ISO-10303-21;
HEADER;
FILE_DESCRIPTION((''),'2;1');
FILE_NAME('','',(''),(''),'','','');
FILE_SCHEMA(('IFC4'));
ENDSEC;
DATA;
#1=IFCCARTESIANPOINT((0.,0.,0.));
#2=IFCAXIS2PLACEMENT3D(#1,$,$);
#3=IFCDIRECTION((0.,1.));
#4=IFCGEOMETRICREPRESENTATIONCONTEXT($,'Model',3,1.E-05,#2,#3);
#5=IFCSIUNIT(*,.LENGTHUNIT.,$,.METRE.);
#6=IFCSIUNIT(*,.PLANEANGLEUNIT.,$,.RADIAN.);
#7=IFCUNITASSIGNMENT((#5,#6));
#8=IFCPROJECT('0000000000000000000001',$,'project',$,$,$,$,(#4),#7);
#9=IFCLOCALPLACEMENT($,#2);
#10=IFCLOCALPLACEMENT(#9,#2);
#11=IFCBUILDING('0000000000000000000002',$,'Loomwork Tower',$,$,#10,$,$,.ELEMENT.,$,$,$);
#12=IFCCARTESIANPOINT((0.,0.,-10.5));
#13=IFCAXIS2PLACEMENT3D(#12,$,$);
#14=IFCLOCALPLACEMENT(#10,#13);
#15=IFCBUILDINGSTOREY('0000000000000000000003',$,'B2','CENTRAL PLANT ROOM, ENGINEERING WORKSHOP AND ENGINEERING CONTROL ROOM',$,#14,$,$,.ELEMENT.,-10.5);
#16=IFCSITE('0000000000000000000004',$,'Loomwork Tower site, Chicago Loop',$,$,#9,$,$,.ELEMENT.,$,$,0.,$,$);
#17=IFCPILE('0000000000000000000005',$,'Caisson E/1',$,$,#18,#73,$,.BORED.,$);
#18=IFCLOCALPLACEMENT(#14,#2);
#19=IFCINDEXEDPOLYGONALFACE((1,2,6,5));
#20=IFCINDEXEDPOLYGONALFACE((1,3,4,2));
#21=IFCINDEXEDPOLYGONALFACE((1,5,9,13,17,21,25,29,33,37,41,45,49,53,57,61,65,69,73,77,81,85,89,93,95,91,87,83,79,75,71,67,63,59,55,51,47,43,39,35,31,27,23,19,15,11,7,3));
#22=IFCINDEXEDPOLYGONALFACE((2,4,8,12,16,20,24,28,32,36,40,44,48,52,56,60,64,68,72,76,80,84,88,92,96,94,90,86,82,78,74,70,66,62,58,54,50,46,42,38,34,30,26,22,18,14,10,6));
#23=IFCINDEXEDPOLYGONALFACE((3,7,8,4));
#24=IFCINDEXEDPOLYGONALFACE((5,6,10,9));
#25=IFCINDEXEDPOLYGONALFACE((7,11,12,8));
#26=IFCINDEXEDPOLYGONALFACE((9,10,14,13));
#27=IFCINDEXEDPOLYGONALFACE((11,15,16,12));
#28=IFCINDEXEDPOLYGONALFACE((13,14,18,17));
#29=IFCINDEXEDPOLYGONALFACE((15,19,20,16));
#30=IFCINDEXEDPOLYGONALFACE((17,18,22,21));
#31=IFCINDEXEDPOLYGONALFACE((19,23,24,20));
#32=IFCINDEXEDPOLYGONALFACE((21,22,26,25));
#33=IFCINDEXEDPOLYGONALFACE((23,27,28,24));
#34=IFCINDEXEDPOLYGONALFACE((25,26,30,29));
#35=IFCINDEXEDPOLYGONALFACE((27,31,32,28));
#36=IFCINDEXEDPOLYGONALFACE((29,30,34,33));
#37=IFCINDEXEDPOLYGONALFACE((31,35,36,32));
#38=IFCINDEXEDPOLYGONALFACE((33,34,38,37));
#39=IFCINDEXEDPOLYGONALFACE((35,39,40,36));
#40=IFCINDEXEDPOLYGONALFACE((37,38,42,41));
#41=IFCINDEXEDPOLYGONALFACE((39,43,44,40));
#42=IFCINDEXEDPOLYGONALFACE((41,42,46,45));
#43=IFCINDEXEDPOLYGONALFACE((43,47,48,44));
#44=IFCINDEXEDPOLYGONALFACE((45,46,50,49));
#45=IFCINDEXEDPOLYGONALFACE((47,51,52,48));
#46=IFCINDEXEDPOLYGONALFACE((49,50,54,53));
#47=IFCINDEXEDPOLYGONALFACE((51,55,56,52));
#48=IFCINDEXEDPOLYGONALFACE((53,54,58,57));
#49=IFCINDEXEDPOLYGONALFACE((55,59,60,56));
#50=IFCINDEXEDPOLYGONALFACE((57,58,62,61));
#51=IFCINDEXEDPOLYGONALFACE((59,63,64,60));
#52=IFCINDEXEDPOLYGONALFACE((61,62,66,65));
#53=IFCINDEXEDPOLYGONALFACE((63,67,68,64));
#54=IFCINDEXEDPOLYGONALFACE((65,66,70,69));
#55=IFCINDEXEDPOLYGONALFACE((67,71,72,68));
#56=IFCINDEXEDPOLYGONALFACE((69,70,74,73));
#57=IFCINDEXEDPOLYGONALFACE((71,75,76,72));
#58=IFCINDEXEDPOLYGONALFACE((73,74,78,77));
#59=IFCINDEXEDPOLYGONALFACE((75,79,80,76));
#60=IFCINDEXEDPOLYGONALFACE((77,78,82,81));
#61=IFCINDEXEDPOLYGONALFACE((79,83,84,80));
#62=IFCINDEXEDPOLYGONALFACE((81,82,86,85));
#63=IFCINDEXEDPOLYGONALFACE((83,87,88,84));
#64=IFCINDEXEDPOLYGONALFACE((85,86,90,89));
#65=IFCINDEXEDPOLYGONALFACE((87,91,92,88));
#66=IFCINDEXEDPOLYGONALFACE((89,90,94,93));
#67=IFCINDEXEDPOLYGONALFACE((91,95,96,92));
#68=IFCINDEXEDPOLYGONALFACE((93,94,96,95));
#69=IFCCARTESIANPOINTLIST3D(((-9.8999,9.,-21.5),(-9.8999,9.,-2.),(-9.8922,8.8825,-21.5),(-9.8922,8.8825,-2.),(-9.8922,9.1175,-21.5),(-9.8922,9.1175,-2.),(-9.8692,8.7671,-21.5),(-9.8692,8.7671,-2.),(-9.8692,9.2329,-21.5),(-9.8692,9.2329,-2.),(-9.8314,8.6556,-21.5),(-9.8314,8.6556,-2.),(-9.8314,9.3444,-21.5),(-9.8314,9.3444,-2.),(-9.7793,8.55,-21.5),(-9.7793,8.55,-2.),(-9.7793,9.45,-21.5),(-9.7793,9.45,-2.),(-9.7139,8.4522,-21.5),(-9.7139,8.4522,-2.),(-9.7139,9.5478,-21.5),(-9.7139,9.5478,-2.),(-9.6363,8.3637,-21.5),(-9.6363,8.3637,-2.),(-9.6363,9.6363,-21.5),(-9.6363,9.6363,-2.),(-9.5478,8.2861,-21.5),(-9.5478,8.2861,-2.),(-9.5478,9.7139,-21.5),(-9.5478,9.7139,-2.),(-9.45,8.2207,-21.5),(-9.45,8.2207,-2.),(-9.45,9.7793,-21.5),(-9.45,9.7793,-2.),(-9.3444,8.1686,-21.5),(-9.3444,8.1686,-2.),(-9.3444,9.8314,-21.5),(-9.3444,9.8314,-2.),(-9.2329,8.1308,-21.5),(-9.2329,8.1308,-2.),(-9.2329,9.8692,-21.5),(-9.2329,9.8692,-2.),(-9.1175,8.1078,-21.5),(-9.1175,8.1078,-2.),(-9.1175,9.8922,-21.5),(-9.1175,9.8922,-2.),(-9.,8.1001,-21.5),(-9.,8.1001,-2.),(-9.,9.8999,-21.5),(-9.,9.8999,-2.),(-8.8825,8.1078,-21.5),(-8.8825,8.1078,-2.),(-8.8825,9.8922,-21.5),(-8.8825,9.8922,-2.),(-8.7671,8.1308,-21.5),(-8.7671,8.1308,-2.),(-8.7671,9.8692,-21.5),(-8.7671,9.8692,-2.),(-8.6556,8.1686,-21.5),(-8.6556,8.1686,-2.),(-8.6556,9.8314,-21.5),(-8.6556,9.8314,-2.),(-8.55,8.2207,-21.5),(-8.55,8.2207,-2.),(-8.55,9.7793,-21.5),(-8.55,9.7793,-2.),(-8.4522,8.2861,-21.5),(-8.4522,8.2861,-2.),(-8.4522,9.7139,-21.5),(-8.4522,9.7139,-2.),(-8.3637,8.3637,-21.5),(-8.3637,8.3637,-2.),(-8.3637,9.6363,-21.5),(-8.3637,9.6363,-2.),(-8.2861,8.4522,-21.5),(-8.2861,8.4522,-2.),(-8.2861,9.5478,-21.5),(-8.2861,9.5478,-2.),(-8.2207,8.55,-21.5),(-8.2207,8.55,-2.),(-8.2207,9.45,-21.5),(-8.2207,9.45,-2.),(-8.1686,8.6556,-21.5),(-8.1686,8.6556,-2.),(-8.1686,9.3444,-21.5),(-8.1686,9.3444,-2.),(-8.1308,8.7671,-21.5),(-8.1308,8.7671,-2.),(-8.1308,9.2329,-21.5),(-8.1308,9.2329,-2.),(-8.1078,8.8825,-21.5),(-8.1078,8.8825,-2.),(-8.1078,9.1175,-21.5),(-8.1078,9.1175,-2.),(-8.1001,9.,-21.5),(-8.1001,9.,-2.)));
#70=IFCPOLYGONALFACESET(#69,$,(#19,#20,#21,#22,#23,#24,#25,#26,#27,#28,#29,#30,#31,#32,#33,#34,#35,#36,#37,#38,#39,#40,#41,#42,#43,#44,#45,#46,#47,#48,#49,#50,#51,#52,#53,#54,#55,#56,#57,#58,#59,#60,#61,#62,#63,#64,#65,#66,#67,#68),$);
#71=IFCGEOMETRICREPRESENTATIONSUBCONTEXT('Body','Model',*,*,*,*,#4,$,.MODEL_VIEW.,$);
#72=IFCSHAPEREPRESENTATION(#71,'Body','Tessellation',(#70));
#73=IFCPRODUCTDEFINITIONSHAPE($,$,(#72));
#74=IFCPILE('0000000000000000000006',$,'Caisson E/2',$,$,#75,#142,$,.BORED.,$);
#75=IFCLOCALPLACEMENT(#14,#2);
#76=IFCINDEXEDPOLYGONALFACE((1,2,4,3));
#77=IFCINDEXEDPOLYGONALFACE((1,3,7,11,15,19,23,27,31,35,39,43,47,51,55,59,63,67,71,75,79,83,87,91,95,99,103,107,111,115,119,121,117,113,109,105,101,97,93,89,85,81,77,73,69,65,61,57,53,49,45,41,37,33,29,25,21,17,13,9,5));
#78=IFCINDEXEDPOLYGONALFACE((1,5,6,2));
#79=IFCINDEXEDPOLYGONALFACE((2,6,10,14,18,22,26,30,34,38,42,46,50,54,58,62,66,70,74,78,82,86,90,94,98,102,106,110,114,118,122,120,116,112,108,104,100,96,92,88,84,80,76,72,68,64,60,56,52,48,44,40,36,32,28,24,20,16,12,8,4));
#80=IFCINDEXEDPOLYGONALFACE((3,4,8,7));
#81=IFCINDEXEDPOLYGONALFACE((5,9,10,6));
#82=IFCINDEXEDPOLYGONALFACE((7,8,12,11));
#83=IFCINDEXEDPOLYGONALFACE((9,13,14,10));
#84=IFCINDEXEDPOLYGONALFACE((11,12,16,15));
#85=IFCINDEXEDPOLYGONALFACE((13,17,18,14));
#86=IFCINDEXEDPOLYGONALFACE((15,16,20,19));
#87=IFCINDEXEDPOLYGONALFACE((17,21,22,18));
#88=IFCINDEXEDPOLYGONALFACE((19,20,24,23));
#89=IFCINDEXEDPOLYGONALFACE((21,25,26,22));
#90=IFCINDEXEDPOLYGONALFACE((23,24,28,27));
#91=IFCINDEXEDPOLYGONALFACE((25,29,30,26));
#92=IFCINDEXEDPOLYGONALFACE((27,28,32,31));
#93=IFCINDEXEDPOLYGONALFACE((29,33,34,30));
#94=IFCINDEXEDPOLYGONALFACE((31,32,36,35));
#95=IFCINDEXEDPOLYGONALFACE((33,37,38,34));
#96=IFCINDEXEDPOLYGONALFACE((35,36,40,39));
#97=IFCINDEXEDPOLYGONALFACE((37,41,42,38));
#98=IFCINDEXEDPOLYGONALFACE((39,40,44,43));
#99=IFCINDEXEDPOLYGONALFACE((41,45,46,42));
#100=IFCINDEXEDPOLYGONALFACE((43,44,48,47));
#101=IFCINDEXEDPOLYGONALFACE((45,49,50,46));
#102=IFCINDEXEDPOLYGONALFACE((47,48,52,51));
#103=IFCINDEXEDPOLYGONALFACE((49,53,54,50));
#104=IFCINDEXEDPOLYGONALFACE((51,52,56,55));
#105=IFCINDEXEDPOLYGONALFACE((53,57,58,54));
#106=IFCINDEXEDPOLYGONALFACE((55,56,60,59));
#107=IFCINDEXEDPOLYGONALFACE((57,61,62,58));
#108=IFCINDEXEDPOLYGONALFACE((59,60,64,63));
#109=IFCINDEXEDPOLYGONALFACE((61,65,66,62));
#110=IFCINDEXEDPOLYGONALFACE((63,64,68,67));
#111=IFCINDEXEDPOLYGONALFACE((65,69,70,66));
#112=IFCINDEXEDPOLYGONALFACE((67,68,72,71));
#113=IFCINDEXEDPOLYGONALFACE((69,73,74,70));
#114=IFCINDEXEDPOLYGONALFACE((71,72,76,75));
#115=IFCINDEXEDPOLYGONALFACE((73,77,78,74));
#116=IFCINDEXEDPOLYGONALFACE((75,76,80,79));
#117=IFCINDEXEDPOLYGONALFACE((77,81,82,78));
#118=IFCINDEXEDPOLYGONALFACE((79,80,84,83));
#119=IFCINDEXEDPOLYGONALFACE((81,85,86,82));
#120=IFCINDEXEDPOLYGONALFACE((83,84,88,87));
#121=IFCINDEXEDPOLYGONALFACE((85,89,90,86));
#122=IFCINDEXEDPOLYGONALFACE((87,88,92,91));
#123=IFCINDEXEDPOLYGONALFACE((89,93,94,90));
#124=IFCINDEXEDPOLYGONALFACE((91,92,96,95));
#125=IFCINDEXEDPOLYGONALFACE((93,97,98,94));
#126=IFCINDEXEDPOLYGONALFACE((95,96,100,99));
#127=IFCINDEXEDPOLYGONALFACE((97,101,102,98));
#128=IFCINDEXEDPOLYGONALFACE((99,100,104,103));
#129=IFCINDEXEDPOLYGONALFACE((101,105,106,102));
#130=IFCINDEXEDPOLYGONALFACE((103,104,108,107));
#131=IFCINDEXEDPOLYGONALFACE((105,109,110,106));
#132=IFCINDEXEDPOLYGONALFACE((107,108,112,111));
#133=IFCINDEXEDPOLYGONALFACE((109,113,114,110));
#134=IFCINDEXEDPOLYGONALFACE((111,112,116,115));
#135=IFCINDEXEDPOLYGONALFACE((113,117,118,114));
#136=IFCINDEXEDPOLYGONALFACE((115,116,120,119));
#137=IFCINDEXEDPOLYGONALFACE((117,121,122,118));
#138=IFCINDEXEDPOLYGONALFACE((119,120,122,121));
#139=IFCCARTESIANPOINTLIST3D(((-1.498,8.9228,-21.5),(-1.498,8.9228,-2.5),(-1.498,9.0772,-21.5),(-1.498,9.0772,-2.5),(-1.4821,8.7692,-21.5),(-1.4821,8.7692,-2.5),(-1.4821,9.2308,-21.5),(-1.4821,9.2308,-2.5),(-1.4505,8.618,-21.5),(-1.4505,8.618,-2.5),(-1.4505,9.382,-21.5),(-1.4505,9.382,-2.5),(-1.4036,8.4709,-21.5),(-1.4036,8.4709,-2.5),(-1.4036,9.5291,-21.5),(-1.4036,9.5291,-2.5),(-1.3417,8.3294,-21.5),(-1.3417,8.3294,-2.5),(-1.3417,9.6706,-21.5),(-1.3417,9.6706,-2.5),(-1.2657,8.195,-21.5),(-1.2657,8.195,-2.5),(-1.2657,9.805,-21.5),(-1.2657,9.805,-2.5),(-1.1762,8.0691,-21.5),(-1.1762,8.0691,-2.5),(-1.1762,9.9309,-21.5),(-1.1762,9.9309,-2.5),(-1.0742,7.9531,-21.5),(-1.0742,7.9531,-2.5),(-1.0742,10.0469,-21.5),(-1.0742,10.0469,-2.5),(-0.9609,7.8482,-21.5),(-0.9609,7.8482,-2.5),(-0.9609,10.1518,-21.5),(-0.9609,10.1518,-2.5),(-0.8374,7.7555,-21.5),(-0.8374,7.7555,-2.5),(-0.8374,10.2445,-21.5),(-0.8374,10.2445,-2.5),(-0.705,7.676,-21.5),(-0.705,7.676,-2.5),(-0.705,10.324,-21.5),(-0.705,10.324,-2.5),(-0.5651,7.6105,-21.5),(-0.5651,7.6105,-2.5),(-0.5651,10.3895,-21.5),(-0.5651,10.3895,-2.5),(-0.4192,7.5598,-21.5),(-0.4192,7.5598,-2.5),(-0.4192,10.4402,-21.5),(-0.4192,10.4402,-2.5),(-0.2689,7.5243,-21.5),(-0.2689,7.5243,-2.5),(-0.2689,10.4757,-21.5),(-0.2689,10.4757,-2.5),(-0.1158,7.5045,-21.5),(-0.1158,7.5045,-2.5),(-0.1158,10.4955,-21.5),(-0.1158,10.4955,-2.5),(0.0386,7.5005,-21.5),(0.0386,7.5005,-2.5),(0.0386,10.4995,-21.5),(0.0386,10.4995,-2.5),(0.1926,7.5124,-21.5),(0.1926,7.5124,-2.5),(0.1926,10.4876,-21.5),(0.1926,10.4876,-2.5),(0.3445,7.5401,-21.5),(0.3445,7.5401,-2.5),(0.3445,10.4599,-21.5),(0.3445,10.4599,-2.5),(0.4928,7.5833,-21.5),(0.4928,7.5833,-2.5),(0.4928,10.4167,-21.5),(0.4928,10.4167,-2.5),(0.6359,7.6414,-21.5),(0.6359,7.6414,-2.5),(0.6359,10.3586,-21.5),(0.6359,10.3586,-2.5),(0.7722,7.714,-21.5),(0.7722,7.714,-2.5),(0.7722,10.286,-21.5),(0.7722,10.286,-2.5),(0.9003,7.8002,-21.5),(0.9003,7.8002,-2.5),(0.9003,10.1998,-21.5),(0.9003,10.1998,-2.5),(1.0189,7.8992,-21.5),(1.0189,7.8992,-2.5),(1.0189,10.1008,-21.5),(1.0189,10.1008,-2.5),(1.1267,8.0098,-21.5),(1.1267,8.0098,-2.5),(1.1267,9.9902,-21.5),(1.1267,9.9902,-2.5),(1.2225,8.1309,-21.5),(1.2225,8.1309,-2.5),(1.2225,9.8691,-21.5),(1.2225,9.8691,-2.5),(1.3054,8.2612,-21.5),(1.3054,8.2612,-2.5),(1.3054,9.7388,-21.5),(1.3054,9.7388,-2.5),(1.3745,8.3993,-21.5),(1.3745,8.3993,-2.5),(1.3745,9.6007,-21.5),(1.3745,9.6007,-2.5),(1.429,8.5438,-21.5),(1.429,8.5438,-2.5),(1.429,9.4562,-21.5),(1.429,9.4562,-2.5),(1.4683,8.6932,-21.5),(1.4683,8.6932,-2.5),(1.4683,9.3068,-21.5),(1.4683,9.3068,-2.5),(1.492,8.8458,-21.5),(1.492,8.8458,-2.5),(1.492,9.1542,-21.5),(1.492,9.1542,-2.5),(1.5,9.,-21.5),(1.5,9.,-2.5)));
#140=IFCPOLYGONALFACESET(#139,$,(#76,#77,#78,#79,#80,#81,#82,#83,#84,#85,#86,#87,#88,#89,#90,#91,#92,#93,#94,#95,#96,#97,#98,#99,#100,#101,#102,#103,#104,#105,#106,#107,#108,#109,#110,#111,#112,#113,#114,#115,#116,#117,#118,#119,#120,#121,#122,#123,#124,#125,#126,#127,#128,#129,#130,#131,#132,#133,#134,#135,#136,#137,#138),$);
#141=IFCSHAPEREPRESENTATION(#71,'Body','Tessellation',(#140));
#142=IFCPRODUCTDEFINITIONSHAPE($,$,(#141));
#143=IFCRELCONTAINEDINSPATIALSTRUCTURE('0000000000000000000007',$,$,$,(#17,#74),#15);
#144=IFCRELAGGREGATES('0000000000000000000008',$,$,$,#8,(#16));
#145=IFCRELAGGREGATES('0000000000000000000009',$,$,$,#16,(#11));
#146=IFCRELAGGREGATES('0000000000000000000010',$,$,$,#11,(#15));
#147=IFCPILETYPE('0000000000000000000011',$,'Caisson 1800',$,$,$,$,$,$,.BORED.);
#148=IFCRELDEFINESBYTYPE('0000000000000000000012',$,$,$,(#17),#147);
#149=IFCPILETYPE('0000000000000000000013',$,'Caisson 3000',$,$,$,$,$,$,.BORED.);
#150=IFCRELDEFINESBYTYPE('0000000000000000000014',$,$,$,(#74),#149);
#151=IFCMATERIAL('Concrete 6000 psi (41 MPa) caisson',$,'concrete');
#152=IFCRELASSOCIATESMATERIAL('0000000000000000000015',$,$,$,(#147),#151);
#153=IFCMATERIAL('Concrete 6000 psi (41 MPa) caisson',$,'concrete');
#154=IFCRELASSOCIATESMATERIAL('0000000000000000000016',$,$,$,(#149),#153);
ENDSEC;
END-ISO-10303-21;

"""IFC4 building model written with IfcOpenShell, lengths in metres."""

from ifc_helpers import new_model, si_unit, direction, frame, origin, origin_2d, place, context, subcontext, project, spatial, circle, extrude, material, material_profile, profile_set, type_object, element, save


model = new_model("IFC4")

# Units and contexts
model_context = context("Model", 3, precision=1e-05, world=origin(), true_north=direction((0.0, 1.0)))
body_context = subcontext(model_context, "Body", "Model", "MODEL_VIEW")
ifc_project = project(units=[si_unit("LENGTHUNIT", "METRE"), si_unit("PLANEANGLEUNIT", "RADIAN")], contexts=[model_context])

# Site, building, storey
site_placement = place(None, origin())
site = spatial("IfcSite", under=ifc_project, at=site_placement, Name="Loomwork Tower site, Chicago Loop", CompositionType="ELEMENT", RefElevation=0.0)
building_placement = place(site_placement, origin())
building = spatial("IfcBuilding", under=site, at=building_placement, Name="Loomwork Tower", CompositionType="ELEMENT")
storey_placement = place(building_placement, frame((0.0, 0.0, -10.5)))
storey = spatial("IfcBuildingStorey", under=building, at=storey_placement, Name="B2", Description="CENTRAL PLANT ROOM, ENGINEERING WORKSHOP AND ENGINEERING CONTROL ROOM", CompositionType="ELEMENT", Elevation=-10.5)

# Piles
ifc_material_1 = material(Name="Concrete 6000 psi (41 MPa) caisson", Category="concrete")
ifc_material_profile_1 = material_profile(ifc_material_1, circle(Radius=0.8999, at=origin_2d()), Name="D1800")
ifc_profile_set_1 = profile_set([ifc_material_profile_1], Name="Concrete 6000 psi (41 MPa) caisson")
pile_type_1 = type_object("IfcPileType", Name="Caisson 1800", PredefinedType="BORED", material=ifc_profile_set_1)
pile_1_placement = place(storey_placement, frame((-9.0, 9.0, -2.0), z_axis=(0.0, 0.0, -1.0), x_axis=(1.0, 0.0, 0.0)))
element("IfcPile", 1, at=pile_1_placement, inside=storey, type_object=pile_type_1, Name="Caisson E/1", PredefinedType="BORED", context=body_context, shape_type="SweptSolid", body=[
    extrude(circle(Radius=0.8999, at=origin_2d()), origin(), (0.0, 0.0, 1.0), 19.5),
])
ifc_material_2 = material(Name="Concrete 6000 psi (41 MPa) caisson", Category="concrete")
ifc_material_profile_2 = material_profile(ifc_material_2, circle(Radius=1.5, at=origin_2d()), Name="D3000")
ifc_profile_set_2 = profile_set([ifc_material_profile_2], Name="Concrete 6000 psi (41 MPa) caisson")
pile_type_2 = type_object("IfcPileType", Name="Caisson 3000", PredefinedType="BORED", material=ifc_profile_set_2)
pile_2_placement = place(storey_placement, frame((0.0, 9.0, -2.5), z_axis=(0.0, 0.0, -1.0), x_axis=(1.0, 0.0, 0.0)))
element("IfcPile", 2, at=pile_2_placement, inside=storey, type_object=pile_type_2, Name="Caisson E/2", PredefinedType="BORED", context=body_context, shape_type="SweptSolid", body=[
    extrude(circle(Radius=1.5, at=origin_2d()), origin(), (0.0, 0.0, 1.0), 19.0),
])

save(model, "model.ifc")
